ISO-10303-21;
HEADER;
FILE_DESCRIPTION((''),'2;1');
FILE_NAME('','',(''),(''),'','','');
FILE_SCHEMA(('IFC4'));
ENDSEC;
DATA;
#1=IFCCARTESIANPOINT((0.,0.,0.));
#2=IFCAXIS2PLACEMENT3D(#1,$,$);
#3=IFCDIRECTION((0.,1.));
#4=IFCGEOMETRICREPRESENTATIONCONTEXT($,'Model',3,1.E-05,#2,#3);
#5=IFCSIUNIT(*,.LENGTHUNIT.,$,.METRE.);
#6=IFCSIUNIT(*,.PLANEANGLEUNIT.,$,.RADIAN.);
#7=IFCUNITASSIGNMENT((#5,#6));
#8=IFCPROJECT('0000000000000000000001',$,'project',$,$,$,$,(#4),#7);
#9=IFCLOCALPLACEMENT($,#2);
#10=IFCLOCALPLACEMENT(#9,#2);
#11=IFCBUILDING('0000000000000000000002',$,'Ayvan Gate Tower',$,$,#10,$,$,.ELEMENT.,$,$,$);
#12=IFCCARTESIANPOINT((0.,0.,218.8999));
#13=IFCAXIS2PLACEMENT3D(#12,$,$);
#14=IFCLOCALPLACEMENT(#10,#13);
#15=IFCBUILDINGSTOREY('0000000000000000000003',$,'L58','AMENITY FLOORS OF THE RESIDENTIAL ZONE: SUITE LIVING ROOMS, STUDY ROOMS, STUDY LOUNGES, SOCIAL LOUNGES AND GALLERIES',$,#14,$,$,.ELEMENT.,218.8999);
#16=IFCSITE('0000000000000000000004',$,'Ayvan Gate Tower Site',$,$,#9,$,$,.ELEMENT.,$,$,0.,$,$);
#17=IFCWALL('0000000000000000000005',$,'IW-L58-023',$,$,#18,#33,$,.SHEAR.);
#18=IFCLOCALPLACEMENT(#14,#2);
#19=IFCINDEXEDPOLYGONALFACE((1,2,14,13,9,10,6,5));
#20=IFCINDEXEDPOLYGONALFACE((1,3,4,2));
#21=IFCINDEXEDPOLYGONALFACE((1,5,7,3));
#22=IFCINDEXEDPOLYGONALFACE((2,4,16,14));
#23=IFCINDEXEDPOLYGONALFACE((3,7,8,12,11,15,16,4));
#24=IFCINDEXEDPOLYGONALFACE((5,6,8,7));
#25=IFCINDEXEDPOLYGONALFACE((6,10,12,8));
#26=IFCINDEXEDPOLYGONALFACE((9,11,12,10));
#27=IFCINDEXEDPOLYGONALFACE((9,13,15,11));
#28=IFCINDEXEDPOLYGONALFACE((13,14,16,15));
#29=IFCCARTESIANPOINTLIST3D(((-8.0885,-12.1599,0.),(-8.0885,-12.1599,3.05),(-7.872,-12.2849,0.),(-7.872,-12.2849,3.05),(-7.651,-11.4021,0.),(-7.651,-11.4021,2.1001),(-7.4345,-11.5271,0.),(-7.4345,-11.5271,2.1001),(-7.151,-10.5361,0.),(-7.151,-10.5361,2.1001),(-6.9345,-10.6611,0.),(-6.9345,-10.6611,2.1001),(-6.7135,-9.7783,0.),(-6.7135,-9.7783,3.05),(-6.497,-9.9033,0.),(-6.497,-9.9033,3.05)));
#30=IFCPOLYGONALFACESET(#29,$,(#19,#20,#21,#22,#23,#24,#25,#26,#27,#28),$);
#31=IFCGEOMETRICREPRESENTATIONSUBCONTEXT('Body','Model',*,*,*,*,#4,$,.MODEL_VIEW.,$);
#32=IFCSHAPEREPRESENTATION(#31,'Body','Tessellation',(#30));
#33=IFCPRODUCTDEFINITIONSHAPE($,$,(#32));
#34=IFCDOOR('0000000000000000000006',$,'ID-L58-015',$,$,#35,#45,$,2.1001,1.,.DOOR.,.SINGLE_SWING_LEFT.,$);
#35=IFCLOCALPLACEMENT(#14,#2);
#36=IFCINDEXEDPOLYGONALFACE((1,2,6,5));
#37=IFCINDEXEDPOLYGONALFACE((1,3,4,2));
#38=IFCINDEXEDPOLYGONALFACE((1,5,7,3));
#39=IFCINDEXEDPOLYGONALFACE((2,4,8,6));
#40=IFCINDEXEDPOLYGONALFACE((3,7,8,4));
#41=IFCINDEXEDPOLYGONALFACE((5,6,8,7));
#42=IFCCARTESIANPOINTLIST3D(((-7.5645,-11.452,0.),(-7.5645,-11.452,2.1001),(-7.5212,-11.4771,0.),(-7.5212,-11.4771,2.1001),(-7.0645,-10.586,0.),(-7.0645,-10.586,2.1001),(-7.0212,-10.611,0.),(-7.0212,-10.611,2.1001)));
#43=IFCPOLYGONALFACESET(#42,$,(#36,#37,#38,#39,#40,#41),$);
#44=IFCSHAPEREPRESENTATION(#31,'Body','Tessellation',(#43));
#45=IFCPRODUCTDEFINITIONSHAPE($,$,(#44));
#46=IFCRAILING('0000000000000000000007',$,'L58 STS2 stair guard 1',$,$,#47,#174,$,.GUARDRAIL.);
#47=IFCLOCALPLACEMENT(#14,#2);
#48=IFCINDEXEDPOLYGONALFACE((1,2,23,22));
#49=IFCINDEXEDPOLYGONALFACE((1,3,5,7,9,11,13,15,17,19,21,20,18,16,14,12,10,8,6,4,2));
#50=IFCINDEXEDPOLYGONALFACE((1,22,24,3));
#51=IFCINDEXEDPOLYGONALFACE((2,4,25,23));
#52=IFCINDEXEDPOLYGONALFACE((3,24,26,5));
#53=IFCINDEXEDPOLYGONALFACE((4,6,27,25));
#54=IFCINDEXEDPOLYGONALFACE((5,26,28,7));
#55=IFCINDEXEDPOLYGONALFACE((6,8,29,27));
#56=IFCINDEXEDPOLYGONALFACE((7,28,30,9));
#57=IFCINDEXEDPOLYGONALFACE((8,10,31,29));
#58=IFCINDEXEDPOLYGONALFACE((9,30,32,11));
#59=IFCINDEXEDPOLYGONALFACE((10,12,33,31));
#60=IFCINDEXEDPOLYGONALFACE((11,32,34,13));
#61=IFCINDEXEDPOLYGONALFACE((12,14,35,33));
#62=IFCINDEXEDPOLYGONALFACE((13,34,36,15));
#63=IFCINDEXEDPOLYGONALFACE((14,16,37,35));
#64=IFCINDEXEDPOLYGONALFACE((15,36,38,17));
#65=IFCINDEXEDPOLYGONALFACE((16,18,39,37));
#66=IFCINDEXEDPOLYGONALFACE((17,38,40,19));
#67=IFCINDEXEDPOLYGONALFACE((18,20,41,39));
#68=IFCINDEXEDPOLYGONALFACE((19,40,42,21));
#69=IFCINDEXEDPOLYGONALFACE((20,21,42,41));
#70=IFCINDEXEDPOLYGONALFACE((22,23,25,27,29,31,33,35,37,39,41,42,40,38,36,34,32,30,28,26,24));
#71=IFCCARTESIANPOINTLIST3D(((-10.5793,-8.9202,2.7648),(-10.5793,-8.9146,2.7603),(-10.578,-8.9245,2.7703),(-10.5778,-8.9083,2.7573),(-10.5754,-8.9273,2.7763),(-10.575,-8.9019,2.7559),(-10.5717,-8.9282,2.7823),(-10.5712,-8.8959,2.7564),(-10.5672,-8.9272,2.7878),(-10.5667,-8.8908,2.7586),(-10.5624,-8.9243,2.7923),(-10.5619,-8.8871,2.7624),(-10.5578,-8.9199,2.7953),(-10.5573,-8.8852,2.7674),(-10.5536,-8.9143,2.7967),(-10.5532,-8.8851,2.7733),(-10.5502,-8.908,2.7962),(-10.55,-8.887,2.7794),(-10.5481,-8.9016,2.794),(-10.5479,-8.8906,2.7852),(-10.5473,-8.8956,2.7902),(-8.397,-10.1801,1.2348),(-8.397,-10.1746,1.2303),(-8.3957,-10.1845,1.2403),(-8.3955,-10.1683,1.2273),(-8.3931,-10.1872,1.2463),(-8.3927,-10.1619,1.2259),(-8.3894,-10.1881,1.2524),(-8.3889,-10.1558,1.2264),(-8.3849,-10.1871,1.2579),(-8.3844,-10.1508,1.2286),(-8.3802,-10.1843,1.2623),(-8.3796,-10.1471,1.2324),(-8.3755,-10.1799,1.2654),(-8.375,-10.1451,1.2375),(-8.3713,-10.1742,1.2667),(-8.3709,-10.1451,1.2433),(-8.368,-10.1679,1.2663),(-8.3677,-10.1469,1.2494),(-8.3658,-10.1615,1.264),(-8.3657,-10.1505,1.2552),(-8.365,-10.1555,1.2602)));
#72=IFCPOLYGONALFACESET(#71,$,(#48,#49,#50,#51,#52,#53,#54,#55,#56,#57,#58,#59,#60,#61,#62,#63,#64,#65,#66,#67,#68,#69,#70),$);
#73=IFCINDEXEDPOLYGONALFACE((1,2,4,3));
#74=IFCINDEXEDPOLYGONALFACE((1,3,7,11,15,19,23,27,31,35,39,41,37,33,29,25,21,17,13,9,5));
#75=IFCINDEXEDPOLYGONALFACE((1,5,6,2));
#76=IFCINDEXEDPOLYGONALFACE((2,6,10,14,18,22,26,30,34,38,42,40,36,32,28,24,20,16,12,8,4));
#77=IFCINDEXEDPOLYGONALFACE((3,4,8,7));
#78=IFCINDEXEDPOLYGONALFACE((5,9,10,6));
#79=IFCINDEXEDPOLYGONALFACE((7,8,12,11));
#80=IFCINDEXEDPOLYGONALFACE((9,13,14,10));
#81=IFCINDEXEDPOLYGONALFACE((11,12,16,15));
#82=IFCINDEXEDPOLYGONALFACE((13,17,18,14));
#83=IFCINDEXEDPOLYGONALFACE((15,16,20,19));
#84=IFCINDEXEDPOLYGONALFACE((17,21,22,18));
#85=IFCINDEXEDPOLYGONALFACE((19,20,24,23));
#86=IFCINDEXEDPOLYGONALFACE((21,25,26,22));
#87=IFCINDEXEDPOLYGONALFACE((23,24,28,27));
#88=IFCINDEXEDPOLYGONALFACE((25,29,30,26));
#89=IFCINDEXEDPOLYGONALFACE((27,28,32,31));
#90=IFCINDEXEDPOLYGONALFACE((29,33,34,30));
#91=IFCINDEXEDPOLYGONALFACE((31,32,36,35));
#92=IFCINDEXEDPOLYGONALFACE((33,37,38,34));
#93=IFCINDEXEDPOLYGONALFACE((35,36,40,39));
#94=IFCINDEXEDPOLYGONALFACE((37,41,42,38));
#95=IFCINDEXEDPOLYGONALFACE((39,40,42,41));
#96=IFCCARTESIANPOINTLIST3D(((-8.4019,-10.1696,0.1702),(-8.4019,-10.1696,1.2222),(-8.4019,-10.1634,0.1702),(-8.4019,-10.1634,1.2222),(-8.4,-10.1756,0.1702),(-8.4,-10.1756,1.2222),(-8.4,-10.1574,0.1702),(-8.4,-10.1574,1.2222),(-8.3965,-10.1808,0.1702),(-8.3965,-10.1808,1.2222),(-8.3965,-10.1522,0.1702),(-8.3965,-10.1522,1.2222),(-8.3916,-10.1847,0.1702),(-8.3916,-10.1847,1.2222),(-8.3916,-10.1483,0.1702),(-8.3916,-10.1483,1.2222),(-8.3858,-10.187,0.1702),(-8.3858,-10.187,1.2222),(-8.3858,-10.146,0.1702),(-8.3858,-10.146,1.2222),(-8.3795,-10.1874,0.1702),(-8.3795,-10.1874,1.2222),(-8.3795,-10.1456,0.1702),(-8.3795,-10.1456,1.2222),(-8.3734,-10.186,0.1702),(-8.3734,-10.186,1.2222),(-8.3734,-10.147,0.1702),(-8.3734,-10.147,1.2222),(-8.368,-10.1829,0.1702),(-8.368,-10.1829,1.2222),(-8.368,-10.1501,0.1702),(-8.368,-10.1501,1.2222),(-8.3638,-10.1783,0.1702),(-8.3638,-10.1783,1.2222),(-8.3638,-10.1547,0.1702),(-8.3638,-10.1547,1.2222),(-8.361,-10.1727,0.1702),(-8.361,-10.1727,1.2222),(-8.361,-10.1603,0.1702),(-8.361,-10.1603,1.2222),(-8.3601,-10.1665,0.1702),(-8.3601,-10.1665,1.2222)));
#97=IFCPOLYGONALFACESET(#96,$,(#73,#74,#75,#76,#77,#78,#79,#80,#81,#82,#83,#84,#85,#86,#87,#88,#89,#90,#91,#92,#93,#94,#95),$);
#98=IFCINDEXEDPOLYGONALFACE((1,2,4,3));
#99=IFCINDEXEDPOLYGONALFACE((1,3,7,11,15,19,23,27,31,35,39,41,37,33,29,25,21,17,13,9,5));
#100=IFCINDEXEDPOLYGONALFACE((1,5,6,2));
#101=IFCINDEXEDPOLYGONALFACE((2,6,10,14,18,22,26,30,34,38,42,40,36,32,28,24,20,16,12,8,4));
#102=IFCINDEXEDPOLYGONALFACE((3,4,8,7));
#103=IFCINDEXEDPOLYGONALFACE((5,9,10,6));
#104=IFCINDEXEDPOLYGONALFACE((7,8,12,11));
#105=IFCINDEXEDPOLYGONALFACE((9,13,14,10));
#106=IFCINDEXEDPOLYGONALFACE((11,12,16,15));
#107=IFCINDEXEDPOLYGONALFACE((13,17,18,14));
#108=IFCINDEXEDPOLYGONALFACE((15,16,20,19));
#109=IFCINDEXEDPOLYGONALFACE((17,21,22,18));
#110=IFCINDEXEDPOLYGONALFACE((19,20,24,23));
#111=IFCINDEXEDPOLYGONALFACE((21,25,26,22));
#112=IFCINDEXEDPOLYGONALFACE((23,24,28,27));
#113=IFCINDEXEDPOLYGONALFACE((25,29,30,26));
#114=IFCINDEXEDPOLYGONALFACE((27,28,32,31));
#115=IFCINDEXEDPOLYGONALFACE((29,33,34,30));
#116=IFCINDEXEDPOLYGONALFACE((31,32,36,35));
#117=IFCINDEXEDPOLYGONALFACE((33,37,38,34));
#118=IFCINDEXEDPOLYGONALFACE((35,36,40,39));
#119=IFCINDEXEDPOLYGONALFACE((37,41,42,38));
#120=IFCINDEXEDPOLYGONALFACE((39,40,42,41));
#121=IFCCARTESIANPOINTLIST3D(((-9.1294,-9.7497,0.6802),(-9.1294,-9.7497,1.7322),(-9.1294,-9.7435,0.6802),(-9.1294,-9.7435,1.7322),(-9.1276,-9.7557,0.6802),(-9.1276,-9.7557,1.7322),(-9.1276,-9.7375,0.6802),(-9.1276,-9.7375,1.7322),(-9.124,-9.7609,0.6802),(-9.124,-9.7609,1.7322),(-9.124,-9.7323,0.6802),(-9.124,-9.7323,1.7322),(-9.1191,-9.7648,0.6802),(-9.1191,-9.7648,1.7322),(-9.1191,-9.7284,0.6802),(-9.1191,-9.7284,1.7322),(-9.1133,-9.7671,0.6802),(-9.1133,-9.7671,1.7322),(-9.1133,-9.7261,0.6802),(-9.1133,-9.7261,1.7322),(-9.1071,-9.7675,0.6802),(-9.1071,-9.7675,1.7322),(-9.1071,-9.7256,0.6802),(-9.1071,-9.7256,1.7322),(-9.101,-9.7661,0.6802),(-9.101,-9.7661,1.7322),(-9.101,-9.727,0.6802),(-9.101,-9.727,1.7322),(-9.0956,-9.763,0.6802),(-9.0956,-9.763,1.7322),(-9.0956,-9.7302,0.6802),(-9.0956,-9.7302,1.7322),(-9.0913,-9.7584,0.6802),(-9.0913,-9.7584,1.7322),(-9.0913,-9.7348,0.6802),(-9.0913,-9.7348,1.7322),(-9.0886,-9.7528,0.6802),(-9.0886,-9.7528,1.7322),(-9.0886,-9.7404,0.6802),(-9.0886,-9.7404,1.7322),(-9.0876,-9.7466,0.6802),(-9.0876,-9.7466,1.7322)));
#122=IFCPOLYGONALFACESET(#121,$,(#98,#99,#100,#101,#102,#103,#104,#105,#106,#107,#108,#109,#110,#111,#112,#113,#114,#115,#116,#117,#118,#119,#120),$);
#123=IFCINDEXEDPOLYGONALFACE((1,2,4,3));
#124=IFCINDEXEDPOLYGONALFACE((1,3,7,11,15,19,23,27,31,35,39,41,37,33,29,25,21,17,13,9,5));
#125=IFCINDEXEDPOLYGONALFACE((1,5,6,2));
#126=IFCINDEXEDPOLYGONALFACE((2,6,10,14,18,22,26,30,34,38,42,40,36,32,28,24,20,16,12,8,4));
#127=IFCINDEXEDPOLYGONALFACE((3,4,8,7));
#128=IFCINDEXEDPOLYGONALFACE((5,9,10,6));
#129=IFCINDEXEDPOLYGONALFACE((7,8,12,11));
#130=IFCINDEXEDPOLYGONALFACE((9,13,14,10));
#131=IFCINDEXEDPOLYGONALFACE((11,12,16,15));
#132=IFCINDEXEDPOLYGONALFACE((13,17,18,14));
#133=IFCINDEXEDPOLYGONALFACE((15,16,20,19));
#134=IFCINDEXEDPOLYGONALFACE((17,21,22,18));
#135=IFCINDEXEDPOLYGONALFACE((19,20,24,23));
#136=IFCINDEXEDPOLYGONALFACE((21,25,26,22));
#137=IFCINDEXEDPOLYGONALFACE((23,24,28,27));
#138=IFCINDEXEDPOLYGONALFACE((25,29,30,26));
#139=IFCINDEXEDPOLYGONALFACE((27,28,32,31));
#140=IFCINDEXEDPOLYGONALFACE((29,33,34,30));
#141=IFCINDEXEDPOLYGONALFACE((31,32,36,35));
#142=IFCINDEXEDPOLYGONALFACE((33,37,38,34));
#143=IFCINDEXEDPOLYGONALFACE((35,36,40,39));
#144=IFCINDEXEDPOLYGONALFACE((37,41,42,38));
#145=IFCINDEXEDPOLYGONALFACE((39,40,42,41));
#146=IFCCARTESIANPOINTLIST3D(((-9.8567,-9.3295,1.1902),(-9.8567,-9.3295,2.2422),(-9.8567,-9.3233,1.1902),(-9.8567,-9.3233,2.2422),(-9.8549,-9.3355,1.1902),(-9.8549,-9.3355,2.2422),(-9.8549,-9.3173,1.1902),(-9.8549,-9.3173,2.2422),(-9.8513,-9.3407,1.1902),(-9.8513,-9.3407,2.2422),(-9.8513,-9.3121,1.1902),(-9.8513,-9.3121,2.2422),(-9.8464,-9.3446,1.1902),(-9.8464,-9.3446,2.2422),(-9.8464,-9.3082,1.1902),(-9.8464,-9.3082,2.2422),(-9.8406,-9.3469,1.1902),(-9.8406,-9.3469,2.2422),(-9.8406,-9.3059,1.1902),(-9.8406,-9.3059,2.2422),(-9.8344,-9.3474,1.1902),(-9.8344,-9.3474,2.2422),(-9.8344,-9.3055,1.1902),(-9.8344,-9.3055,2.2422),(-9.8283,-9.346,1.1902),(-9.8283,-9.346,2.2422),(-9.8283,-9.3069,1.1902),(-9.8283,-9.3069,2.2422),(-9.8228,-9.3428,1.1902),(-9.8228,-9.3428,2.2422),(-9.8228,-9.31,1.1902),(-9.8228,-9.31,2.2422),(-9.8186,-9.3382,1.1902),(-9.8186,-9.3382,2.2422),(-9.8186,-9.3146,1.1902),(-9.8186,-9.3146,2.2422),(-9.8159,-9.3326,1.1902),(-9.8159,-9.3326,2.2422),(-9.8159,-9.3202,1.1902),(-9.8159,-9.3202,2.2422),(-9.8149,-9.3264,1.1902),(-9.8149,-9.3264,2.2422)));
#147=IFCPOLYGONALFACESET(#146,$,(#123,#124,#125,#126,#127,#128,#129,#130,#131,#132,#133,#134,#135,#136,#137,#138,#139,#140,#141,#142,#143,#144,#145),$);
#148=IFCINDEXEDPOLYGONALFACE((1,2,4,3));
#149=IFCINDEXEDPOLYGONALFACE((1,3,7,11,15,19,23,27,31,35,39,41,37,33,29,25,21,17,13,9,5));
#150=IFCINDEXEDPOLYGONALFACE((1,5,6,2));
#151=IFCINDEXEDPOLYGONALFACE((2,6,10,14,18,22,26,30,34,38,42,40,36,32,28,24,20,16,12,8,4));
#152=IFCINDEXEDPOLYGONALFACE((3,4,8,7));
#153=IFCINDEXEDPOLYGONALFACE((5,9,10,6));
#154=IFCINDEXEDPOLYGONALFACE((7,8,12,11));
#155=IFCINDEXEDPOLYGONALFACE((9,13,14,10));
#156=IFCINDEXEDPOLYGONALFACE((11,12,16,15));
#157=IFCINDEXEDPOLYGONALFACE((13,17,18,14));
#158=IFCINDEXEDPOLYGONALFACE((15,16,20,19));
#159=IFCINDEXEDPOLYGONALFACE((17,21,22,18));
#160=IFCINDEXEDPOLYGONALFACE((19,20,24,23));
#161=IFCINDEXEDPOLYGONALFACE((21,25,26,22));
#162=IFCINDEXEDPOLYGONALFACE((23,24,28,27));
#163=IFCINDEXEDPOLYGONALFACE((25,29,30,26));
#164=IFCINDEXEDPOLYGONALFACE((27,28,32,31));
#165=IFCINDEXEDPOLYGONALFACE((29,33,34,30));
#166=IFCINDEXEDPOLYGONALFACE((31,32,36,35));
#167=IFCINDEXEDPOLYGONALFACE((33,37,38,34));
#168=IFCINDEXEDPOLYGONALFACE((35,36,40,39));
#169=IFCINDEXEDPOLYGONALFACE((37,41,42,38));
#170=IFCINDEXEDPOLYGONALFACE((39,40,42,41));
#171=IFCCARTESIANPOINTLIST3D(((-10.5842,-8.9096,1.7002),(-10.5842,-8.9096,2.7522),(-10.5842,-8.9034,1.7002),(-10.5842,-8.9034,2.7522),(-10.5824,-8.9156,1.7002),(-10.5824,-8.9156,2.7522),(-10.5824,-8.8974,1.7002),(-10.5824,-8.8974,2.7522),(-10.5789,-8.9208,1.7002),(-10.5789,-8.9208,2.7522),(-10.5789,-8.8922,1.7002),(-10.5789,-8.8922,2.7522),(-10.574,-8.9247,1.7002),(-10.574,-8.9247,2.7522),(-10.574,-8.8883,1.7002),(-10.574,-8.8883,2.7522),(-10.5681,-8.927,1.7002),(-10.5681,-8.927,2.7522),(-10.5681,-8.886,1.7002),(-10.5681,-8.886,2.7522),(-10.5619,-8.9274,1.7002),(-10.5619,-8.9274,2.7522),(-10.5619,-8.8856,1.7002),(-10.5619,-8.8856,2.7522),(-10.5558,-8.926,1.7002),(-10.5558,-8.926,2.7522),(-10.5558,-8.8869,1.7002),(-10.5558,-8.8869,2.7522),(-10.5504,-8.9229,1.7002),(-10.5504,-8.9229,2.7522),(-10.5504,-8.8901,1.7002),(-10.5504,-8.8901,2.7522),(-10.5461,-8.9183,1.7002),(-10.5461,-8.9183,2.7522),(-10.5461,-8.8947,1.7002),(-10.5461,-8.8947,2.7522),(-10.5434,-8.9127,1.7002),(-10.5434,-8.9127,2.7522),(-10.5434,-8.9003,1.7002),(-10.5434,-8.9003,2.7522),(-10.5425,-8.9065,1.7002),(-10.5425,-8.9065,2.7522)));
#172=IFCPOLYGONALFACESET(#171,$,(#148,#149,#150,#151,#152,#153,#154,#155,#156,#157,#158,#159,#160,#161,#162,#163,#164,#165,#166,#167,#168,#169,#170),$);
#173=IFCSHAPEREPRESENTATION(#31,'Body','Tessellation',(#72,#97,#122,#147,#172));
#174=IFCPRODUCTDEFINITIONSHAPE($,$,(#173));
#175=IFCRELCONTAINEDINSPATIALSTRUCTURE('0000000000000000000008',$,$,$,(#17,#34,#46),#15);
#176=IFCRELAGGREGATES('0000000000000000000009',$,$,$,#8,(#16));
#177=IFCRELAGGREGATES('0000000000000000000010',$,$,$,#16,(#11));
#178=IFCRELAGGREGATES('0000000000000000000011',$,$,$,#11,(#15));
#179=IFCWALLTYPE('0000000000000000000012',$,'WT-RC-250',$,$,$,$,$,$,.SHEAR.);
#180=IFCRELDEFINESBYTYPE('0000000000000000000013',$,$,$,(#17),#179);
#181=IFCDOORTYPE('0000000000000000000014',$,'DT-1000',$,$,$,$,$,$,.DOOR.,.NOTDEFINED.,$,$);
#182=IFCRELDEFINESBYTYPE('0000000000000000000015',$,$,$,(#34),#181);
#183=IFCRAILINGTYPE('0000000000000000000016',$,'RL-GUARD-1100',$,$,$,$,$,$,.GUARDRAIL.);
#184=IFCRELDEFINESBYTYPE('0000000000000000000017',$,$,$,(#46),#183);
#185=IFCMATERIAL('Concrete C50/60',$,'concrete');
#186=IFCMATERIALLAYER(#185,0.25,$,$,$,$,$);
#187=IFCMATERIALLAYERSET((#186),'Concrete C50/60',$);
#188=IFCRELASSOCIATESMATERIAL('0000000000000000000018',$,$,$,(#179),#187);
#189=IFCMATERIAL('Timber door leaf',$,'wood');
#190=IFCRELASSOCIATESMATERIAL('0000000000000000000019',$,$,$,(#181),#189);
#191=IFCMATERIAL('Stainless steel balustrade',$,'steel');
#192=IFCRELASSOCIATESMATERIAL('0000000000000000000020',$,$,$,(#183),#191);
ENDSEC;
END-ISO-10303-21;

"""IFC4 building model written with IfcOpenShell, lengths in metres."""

from ifc_helpers import new_model, si_unit, direction, frame, frame_2d, origin, origin_2d, place, context, subcontext, project, spatial, rectangle, circle, extrude, material, layer, layer_set, type_object, element, fill, save


model = new_model("IFC4")

# Units and contexts
model_context = context("Model", 3, precision=1e-05, world=origin(), true_north=direction((0.0, 1.0)))
body_context = subcontext(model_context, "Body", "Model", "MODEL_VIEW")
ifc_project = project(units=[si_unit("LENGTHUNIT", "METRE"), si_unit("PLANEANGLEUNIT", "RADIAN")], contexts=[model_context])

# Site, building, storey
site_placement = place(None, origin())
site = spatial("IfcSite", under=ifc_project, at=site_placement, Name="Ayvan Gate Tower Site", CompositionType="ELEMENT", RefElevation=0.0)
building_placement = place(site_placement, origin())
building = spatial("IfcBuilding", under=site, at=building_placement, Name="Ayvan Gate Tower", CompositionType="ELEMENT")
storey_placement = place(building_placement, frame((0.0, 0.0, 218.8999)))
storey = spatial("IfcBuildingStorey", under=building, at=storey_placement, Name="L58", Description="AMENITY FLOORS OF THE RESIDENTIAL ZONE: SUITE LIVING ROOMS, STUDY ROOMS, STUDY LOUNGES, SOCIAL LOUNGES AND GALLERIES", CompositionType="ELEMENT", Elevation=218.8999)

# Shared definitions
ifc_material_1 = material(Name="Timber door leaf", Category="wood")

# Wall, opening, door
ifc_material_2 = material(Name="Concrete C50/60", Category="concrete")
ifc_layer_1 = layer(ifc_material_2, 0.25)
ifc_layer_set_1 = layer_set([ifc_layer_1], Name="Concrete C50/60")
wall_type_1 = type_object("IfcWallType", Name="WT-RC-250", PredefinedType="SHEAR", material=ifc_layer_set_1)
wall_1_placement = place(storey_placement, frame((-6.6052, -9.8408, 0.0), z_axis=(0.0, 0.0, 1.0), x_axis=(-0.499997, -0.866027, 0.0)))
wall_1 = element("IfcWall", 1, at=wall_1_placement, inside=storey, type_object=wall_type_1, Name="IW-L58-023", PredefinedType="SHEAR", context=body_context, shape_type="SweptSolid", body=[
    extrude(rectangle(XDim=2.75, YDim=0.25, at=frame_2d((1.375, 0.0))), origin(), (0.0, 0.0, 1.0), 3.05),
])
opening_1_placement = place(wall_1_placement, frame((0.875, 0.0, 0.0)))
opening_1 = element("IfcOpeningElement", 2, at=opening_1_placement, cuts=wall_1, PredefinedType="OPENING", context=body_context, shape_type="SweptSolid", body=[
    extrude(rectangle(XDim=1.0, YDim=2.1001, at=frame_2d((0.5, 1.05))), frame((0.0, 0.135, 0.0), z_axis=(0.0, -1.0, 0.0), x_axis=(1.0, 0.0, 0.0)), (0.0, 0.0, 1.0), 0.27),
])
door_type_1 = type_object("IfcDoorType", Name="DT-1000", OperationType="NOTDEFINED", PredefinedType="DOOR", material=ifc_material_1)
door_1_placement = place(opening_1_placement, origin())
door_1 = element("IfcDoor", 3, at=door_1_placement, inside=storey, type_object=door_type_1, Name="ID-L58-015", OperationType="SINGLE_SWING_LEFT", OverallHeight=2.1001, OverallWidth=1.0, PredefinedType="DOOR", context=body_context, shape_type="SweptSolid", body=[
    extrude(rectangle(XDim=1.0, YDim=2.1001, at=frame_2d((0.5, 1.05))), frame((0.0, 0.0249, 0.0), z_axis=(0.0, -1.0, 0.0), x_axis=(1.0, 0.0, 0.0)), (0.0, 0.0, 1.0), 0.05),
])
fill(opening_1, door_1)

# Railing
ifc_material_3 = material(Name="Stainless steel balustrade", Category="steel")
railing_type_1 = type_object("IfcRailingType", Name="RL-GUARD-1100", PredefinedType="GUARDRAIL", material=ifc_material_3)
railing_1_placement = place(storey_placement, frame((-8.3811, -10.1665, 0.1702)))
element("IfcRailing", 4, at=railing_1_placement, inside=storey, type_object=railing_type_1, Name="L58 STS2 stair guard 1", PredefinedType="GUARDRAIL", context=body_context, shape_type="SweptSolid", body=[
    extrude(circle(Radius=0.0239, at=origin_2d()), frame((0.0, 0.0, 1.0762), z_axis=(-0.740261, 0.427395, 0.518986), x_axis=(-0.500005, -0.866023, 0.0)), (0.0, 0.0, 1.0), 2.948),
    extrude(circle(Radius=0.021, at=origin_2d()), origin(), (0.0, 0.0, 1.0), 1.052),
    extrude(circle(Radius=0.021, at=origin_2d()), frame((-0.7275, 0.4199, 0.51)), (0.0, 0.0, 1.0), 1.052),
    extrude(circle(Radius=0.021, at=origin_2d()), frame((-1.4548, 0.8401, 1.02)), (0.0, 0.0, 1.0), 1.052),
    extrude(circle(Radius=0.021, at=origin_2d()), frame((-2.1824, 1.26, 1.53)), (0.0, 0.0, 1.0), 1.052),
])

save(model, "model.ifc")
